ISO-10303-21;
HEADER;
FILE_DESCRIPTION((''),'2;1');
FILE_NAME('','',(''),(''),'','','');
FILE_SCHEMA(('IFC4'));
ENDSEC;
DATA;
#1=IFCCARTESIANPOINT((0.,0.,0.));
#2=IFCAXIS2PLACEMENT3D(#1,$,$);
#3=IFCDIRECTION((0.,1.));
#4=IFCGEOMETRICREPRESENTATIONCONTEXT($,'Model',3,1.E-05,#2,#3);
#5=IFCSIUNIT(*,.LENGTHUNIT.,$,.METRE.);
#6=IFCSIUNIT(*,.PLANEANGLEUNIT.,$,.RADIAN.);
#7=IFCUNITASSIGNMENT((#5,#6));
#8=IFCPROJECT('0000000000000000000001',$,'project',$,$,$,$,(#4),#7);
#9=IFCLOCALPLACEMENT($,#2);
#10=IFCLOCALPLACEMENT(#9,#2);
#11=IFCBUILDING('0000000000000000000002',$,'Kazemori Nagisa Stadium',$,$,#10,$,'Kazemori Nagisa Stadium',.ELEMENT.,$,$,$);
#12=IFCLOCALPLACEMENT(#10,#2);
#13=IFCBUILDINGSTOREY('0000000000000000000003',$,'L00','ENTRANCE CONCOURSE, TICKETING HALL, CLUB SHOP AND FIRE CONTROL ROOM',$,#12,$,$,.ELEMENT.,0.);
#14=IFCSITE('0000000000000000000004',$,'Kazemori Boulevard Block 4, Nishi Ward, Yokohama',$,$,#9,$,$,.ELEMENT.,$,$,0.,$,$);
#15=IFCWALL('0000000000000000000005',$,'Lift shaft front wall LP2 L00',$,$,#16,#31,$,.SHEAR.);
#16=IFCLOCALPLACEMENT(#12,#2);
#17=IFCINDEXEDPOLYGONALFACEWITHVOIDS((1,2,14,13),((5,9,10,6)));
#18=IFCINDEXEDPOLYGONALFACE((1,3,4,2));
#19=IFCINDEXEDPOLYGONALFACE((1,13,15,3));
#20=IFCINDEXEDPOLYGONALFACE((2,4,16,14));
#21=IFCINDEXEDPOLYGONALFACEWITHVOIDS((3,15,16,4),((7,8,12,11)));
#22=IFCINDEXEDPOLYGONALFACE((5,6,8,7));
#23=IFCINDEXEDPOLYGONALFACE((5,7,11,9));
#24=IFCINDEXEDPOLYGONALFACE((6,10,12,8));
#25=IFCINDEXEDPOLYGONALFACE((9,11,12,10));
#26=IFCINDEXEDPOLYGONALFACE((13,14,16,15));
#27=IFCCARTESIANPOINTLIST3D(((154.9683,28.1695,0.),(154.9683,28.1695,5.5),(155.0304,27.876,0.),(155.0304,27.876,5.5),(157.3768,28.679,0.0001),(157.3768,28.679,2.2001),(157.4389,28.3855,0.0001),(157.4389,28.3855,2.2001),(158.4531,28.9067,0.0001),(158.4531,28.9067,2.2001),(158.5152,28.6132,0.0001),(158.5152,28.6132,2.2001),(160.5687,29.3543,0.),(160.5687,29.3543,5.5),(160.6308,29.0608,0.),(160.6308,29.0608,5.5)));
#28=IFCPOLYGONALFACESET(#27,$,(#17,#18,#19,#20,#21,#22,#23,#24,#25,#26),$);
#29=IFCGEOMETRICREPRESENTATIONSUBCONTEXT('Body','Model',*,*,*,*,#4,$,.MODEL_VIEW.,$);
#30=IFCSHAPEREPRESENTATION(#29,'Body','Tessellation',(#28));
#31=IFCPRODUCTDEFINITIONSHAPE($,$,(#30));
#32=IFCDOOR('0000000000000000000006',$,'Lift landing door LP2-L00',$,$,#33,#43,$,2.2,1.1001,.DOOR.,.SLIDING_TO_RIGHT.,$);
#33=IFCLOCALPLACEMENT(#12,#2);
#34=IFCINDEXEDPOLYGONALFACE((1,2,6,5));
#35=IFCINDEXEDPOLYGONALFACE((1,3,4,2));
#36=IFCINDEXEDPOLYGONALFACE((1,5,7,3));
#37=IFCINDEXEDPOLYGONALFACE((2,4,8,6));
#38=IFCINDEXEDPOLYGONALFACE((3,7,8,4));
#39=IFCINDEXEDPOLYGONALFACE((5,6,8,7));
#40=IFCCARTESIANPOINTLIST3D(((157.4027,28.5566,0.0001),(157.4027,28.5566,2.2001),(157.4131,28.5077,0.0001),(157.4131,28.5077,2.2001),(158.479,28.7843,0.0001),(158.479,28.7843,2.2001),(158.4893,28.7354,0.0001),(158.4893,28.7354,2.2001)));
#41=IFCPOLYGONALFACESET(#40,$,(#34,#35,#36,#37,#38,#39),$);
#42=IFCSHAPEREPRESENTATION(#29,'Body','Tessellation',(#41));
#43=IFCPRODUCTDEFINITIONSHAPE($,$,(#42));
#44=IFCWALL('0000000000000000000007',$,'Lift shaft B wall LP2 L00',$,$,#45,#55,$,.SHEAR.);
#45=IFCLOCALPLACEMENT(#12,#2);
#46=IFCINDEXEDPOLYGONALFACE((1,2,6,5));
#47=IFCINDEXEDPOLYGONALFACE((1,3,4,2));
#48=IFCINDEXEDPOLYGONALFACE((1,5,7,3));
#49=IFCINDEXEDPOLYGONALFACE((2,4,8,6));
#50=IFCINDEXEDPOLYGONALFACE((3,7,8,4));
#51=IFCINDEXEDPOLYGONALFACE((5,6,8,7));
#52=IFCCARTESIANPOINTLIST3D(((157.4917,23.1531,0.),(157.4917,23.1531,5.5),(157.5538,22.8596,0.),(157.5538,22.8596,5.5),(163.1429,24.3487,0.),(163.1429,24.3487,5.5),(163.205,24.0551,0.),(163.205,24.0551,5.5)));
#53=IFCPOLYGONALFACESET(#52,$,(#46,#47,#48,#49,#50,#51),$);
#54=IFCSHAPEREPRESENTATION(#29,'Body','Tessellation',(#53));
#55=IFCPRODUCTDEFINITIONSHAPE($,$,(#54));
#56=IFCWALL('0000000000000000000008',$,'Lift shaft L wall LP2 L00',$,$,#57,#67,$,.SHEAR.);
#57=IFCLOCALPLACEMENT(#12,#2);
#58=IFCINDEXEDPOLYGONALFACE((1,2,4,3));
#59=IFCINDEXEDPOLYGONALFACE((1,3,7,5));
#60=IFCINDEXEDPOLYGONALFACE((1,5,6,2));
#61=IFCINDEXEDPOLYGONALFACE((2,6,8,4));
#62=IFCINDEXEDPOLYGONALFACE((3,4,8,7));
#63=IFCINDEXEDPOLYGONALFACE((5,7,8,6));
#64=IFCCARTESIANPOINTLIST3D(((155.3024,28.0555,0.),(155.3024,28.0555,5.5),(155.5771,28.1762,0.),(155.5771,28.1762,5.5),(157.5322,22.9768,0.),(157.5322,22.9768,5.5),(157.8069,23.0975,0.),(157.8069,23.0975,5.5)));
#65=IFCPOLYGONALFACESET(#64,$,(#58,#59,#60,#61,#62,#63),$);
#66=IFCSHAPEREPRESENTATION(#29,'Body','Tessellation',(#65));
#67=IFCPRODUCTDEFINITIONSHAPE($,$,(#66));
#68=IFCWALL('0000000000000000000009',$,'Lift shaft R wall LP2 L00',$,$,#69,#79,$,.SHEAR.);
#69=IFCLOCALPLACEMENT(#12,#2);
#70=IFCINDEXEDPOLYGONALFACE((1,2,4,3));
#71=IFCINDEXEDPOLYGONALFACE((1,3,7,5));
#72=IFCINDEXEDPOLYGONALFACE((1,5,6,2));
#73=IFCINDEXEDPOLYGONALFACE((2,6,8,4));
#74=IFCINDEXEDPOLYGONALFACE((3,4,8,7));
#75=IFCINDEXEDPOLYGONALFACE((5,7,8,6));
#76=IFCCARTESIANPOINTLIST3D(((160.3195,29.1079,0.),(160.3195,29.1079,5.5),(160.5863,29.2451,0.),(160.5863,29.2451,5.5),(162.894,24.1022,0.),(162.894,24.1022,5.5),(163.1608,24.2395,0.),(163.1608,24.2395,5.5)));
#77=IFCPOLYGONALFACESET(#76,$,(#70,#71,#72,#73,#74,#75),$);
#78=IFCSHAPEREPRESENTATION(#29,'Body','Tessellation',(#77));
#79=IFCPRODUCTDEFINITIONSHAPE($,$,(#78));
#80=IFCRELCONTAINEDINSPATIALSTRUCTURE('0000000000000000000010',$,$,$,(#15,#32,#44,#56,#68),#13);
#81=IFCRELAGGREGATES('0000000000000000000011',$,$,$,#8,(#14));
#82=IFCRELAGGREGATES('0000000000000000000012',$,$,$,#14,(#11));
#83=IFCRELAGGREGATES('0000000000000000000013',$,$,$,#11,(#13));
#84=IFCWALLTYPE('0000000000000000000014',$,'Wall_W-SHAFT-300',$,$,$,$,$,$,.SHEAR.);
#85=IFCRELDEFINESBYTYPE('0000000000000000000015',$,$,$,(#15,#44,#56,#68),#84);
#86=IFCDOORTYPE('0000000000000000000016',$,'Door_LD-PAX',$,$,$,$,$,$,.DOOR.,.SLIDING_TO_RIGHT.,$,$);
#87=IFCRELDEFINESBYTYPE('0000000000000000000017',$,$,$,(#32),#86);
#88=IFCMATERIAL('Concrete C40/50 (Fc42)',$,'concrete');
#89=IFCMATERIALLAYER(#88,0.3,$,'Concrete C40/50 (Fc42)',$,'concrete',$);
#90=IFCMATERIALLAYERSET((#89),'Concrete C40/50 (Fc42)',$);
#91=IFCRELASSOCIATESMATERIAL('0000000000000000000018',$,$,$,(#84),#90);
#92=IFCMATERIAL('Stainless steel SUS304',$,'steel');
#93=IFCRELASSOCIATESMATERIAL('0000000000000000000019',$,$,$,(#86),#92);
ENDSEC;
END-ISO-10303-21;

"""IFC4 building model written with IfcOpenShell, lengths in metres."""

from ifc_helpers import new_model, si_unit, direction, frame, frame_2d, origin, place, context, subcontext, project, spatial, rectangle, extrude, material, layer, layer_set, type_object, element, fill, save


model = new_model("IFC4")

# Units and contexts
model_context = context("Model", 3, precision=1e-05, world=origin(), true_north=direction((0.0, 1.0)))
body_context = subcontext(model_context, "Body", "Model", "MODEL_VIEW")
ifc_project = project(units=[si_unit("LENGTHUNIT", "METRE"), si_unit("PLANEANGLEUNIT", "RADIAN")], contexts=[model_context])

# Site, building, storey
site_placement = place(None, origin())
site = spatial("IfcSite", under=ifc_project, at=site_placement, Name="Kazemori Boulevard Block 4, Nishi Ward, Yokohama", CompositionType="ELEMENT", RefElevation=0.0)
building_placement = place(site_placement, origin())
building = spatial("IfcBuilding", under=site, at=building_placement, Name="Kazemori Nagisa Stadium", LongName="Kazemori Nagisa Stadium", CompositionType="ELEMENT")
storey_placement = place(building_placement, origin())
storey = spatial("IfcBuildingStorey", under=building, at=storey_placement, Name="L00", Description="ENTRANCE CONCOURSE, TICKETING HALL, CLUB SHOP AND FIRE CONTROL ROOM", CompositionType="ELEMENT", Elevation=0.0)

# Shared definitions
ifc_material_1 = material(Name="Concrete C40/50 (Fc42)", Category="concrete")

# Wall, opening, door
ifc_layer_1 = layer(ifc_material_1, 0.3, Name="Concrete C40/50 (Fc42)", Category="concrete")
ifc_layer_set_1 = layer_set([ifc_layer_1], Name="Concrete C40/50 (Fc42)")
wall_type_1 = type_object("IfcWallType", Name="Wall_W-SHAFT-300", PredefinedType="SHEAR", material=ifc_layer_set_1)
wall_1_placement = place(storey_placement, frame((154.9993, 28.0227, 0.0), z_axis=(0.0, 0.0, 1.0), x_axis=(0.978345, 0.20698, 0.0)))
wall_1 = element("IfcWall", 1, at=wall_1_placement, inside=storey, type_object=wall_type_1, Name="Lift shaft front wall LP2 L00", PredefinedType="SHEAR", context=body_context, shape_type="SweptSolid", body=[
    extrude(rectangle(XDim=5.7244, YDim=0.3, at=frame_2d((2.8623, 0.0))), origin(), (0.0, 0.0, 1.0), 5.5),
])
opening_1_placement = place(wall_1_placement, frame((2.4619, 0.0, 0.0)))
opening_1 = element("IfcOpeningElement", 2, at=opening_1_placement, cuts=wall_1, PredefinedType="OPENING", context=body_context, shape_type="SweptSolid", body=[
    extrude(rectangle(XDim=1.1001, YDim=2.2, at=frame_2d((0.55, 1.1001))), frame((0.0, 0.1599, 0.0), z_axis=(0.0, -1.0, 0.0), x_axis=(1.0, 0.0, 0.0)), (0.0, 0.0, 1.0), 0.3201),
])
ifc_material_2 = material(Name="Stainless steel SUS304", Category="steel")
door_type_1 = type_object("IfcDoorType", Name="Door_LD-PAX", OperationType="SLIDING_TO_RIGHT", PredefinedType="DOOR", material=ifc_material_2)
door_1_placement = place(opening_1_placement, origin())
door_1 = element("IfcDoor", 3, at=door_1_placement, inside=storey, type_object=door_type_1, Name="Lift landing door LP2-L00", OperationType="SLIDING_TO_RIGHT", OverallHeight=2.2, OverallWidth=1.1001, PredefinedType="DOOR", context=body_context, shape_type="SweptSolid", body=[
    extrude(rectangle(XDim=1.1001, YDim=2.2, at=frame_2d((0.55, 1.1001))), frame((0.0, 0.0249, 0.0), z_axis=(0.0, -1.0, 0.0), x_axis=(1.0, 0.0, 0.0)), (0.0, 0.0, 1.0), 0.05),
])
fill(opening_1, door_1)

# Walls
wall_2_placement = place(storey_placement, frame((157.5227, 23.0063, 0.0), z_axis=(0.0, 0.0, 1.0), x_axis=(0.978347, 0.206971, 0.0)))
element("IfcWall", 4, at=wall_2_placement, inside=storey, type_object=wall_type_1, Name="Lift shaft B wall LP2 L00", PredefinedType="SHEAR", context=body_context, shape_type="SweptSolid", body=[
    extrude(rectangle(XDim=5.7764, YDim=0.3, at=frame_2d((2.8882, 0.0))), origin(), (0.0, 0.0, 1.0), 5.5),
])
wall_3_placement = place(storey_placement, frame((155.4397, 28.116, 0.0), z_axis=(0.0, 0.0, 1.0), x_axis=(0.402005, -0.915637, 0.0)))
element("IfcWall", 5, at=wall_3_placement, inside=storey, type_object=wall_type_1, Name="Lift shaft L wall LP2 L00", PredefinedType="SHEAR", context=body_context, shape_type="SweptSolid", body=[
    extrude(rectangle(XDim=5.5466, YDim=0.3, at=frame_2d((2.7734, 0.0))), origin(), (0.0, 0.0, 1.0), 5.5),
])
wall_4_placement = place(storey_placement, frame((160.4529, 29.1765, 0.0), z_axis=(0.0, 0.0, 1.0), x_axis=(0.457369, -0.889277, 0.0)))
element("IfcWall", 6, at=wall_4_placement, inside=storey, type_object=wall_type_1, Name="Lift shaft R wall LP2 L00", PredefinedType="SHEAR", context=body_context, shape_type="SweptSolid", body=[
    extrude(rectangle(XDim=5.6289, YDim=0.3, at=frame_2d((2.8145, 0.0))), origin(), (0.0, 0.0, 1.0), 5.5),
])

save(model, "model.ifc")
